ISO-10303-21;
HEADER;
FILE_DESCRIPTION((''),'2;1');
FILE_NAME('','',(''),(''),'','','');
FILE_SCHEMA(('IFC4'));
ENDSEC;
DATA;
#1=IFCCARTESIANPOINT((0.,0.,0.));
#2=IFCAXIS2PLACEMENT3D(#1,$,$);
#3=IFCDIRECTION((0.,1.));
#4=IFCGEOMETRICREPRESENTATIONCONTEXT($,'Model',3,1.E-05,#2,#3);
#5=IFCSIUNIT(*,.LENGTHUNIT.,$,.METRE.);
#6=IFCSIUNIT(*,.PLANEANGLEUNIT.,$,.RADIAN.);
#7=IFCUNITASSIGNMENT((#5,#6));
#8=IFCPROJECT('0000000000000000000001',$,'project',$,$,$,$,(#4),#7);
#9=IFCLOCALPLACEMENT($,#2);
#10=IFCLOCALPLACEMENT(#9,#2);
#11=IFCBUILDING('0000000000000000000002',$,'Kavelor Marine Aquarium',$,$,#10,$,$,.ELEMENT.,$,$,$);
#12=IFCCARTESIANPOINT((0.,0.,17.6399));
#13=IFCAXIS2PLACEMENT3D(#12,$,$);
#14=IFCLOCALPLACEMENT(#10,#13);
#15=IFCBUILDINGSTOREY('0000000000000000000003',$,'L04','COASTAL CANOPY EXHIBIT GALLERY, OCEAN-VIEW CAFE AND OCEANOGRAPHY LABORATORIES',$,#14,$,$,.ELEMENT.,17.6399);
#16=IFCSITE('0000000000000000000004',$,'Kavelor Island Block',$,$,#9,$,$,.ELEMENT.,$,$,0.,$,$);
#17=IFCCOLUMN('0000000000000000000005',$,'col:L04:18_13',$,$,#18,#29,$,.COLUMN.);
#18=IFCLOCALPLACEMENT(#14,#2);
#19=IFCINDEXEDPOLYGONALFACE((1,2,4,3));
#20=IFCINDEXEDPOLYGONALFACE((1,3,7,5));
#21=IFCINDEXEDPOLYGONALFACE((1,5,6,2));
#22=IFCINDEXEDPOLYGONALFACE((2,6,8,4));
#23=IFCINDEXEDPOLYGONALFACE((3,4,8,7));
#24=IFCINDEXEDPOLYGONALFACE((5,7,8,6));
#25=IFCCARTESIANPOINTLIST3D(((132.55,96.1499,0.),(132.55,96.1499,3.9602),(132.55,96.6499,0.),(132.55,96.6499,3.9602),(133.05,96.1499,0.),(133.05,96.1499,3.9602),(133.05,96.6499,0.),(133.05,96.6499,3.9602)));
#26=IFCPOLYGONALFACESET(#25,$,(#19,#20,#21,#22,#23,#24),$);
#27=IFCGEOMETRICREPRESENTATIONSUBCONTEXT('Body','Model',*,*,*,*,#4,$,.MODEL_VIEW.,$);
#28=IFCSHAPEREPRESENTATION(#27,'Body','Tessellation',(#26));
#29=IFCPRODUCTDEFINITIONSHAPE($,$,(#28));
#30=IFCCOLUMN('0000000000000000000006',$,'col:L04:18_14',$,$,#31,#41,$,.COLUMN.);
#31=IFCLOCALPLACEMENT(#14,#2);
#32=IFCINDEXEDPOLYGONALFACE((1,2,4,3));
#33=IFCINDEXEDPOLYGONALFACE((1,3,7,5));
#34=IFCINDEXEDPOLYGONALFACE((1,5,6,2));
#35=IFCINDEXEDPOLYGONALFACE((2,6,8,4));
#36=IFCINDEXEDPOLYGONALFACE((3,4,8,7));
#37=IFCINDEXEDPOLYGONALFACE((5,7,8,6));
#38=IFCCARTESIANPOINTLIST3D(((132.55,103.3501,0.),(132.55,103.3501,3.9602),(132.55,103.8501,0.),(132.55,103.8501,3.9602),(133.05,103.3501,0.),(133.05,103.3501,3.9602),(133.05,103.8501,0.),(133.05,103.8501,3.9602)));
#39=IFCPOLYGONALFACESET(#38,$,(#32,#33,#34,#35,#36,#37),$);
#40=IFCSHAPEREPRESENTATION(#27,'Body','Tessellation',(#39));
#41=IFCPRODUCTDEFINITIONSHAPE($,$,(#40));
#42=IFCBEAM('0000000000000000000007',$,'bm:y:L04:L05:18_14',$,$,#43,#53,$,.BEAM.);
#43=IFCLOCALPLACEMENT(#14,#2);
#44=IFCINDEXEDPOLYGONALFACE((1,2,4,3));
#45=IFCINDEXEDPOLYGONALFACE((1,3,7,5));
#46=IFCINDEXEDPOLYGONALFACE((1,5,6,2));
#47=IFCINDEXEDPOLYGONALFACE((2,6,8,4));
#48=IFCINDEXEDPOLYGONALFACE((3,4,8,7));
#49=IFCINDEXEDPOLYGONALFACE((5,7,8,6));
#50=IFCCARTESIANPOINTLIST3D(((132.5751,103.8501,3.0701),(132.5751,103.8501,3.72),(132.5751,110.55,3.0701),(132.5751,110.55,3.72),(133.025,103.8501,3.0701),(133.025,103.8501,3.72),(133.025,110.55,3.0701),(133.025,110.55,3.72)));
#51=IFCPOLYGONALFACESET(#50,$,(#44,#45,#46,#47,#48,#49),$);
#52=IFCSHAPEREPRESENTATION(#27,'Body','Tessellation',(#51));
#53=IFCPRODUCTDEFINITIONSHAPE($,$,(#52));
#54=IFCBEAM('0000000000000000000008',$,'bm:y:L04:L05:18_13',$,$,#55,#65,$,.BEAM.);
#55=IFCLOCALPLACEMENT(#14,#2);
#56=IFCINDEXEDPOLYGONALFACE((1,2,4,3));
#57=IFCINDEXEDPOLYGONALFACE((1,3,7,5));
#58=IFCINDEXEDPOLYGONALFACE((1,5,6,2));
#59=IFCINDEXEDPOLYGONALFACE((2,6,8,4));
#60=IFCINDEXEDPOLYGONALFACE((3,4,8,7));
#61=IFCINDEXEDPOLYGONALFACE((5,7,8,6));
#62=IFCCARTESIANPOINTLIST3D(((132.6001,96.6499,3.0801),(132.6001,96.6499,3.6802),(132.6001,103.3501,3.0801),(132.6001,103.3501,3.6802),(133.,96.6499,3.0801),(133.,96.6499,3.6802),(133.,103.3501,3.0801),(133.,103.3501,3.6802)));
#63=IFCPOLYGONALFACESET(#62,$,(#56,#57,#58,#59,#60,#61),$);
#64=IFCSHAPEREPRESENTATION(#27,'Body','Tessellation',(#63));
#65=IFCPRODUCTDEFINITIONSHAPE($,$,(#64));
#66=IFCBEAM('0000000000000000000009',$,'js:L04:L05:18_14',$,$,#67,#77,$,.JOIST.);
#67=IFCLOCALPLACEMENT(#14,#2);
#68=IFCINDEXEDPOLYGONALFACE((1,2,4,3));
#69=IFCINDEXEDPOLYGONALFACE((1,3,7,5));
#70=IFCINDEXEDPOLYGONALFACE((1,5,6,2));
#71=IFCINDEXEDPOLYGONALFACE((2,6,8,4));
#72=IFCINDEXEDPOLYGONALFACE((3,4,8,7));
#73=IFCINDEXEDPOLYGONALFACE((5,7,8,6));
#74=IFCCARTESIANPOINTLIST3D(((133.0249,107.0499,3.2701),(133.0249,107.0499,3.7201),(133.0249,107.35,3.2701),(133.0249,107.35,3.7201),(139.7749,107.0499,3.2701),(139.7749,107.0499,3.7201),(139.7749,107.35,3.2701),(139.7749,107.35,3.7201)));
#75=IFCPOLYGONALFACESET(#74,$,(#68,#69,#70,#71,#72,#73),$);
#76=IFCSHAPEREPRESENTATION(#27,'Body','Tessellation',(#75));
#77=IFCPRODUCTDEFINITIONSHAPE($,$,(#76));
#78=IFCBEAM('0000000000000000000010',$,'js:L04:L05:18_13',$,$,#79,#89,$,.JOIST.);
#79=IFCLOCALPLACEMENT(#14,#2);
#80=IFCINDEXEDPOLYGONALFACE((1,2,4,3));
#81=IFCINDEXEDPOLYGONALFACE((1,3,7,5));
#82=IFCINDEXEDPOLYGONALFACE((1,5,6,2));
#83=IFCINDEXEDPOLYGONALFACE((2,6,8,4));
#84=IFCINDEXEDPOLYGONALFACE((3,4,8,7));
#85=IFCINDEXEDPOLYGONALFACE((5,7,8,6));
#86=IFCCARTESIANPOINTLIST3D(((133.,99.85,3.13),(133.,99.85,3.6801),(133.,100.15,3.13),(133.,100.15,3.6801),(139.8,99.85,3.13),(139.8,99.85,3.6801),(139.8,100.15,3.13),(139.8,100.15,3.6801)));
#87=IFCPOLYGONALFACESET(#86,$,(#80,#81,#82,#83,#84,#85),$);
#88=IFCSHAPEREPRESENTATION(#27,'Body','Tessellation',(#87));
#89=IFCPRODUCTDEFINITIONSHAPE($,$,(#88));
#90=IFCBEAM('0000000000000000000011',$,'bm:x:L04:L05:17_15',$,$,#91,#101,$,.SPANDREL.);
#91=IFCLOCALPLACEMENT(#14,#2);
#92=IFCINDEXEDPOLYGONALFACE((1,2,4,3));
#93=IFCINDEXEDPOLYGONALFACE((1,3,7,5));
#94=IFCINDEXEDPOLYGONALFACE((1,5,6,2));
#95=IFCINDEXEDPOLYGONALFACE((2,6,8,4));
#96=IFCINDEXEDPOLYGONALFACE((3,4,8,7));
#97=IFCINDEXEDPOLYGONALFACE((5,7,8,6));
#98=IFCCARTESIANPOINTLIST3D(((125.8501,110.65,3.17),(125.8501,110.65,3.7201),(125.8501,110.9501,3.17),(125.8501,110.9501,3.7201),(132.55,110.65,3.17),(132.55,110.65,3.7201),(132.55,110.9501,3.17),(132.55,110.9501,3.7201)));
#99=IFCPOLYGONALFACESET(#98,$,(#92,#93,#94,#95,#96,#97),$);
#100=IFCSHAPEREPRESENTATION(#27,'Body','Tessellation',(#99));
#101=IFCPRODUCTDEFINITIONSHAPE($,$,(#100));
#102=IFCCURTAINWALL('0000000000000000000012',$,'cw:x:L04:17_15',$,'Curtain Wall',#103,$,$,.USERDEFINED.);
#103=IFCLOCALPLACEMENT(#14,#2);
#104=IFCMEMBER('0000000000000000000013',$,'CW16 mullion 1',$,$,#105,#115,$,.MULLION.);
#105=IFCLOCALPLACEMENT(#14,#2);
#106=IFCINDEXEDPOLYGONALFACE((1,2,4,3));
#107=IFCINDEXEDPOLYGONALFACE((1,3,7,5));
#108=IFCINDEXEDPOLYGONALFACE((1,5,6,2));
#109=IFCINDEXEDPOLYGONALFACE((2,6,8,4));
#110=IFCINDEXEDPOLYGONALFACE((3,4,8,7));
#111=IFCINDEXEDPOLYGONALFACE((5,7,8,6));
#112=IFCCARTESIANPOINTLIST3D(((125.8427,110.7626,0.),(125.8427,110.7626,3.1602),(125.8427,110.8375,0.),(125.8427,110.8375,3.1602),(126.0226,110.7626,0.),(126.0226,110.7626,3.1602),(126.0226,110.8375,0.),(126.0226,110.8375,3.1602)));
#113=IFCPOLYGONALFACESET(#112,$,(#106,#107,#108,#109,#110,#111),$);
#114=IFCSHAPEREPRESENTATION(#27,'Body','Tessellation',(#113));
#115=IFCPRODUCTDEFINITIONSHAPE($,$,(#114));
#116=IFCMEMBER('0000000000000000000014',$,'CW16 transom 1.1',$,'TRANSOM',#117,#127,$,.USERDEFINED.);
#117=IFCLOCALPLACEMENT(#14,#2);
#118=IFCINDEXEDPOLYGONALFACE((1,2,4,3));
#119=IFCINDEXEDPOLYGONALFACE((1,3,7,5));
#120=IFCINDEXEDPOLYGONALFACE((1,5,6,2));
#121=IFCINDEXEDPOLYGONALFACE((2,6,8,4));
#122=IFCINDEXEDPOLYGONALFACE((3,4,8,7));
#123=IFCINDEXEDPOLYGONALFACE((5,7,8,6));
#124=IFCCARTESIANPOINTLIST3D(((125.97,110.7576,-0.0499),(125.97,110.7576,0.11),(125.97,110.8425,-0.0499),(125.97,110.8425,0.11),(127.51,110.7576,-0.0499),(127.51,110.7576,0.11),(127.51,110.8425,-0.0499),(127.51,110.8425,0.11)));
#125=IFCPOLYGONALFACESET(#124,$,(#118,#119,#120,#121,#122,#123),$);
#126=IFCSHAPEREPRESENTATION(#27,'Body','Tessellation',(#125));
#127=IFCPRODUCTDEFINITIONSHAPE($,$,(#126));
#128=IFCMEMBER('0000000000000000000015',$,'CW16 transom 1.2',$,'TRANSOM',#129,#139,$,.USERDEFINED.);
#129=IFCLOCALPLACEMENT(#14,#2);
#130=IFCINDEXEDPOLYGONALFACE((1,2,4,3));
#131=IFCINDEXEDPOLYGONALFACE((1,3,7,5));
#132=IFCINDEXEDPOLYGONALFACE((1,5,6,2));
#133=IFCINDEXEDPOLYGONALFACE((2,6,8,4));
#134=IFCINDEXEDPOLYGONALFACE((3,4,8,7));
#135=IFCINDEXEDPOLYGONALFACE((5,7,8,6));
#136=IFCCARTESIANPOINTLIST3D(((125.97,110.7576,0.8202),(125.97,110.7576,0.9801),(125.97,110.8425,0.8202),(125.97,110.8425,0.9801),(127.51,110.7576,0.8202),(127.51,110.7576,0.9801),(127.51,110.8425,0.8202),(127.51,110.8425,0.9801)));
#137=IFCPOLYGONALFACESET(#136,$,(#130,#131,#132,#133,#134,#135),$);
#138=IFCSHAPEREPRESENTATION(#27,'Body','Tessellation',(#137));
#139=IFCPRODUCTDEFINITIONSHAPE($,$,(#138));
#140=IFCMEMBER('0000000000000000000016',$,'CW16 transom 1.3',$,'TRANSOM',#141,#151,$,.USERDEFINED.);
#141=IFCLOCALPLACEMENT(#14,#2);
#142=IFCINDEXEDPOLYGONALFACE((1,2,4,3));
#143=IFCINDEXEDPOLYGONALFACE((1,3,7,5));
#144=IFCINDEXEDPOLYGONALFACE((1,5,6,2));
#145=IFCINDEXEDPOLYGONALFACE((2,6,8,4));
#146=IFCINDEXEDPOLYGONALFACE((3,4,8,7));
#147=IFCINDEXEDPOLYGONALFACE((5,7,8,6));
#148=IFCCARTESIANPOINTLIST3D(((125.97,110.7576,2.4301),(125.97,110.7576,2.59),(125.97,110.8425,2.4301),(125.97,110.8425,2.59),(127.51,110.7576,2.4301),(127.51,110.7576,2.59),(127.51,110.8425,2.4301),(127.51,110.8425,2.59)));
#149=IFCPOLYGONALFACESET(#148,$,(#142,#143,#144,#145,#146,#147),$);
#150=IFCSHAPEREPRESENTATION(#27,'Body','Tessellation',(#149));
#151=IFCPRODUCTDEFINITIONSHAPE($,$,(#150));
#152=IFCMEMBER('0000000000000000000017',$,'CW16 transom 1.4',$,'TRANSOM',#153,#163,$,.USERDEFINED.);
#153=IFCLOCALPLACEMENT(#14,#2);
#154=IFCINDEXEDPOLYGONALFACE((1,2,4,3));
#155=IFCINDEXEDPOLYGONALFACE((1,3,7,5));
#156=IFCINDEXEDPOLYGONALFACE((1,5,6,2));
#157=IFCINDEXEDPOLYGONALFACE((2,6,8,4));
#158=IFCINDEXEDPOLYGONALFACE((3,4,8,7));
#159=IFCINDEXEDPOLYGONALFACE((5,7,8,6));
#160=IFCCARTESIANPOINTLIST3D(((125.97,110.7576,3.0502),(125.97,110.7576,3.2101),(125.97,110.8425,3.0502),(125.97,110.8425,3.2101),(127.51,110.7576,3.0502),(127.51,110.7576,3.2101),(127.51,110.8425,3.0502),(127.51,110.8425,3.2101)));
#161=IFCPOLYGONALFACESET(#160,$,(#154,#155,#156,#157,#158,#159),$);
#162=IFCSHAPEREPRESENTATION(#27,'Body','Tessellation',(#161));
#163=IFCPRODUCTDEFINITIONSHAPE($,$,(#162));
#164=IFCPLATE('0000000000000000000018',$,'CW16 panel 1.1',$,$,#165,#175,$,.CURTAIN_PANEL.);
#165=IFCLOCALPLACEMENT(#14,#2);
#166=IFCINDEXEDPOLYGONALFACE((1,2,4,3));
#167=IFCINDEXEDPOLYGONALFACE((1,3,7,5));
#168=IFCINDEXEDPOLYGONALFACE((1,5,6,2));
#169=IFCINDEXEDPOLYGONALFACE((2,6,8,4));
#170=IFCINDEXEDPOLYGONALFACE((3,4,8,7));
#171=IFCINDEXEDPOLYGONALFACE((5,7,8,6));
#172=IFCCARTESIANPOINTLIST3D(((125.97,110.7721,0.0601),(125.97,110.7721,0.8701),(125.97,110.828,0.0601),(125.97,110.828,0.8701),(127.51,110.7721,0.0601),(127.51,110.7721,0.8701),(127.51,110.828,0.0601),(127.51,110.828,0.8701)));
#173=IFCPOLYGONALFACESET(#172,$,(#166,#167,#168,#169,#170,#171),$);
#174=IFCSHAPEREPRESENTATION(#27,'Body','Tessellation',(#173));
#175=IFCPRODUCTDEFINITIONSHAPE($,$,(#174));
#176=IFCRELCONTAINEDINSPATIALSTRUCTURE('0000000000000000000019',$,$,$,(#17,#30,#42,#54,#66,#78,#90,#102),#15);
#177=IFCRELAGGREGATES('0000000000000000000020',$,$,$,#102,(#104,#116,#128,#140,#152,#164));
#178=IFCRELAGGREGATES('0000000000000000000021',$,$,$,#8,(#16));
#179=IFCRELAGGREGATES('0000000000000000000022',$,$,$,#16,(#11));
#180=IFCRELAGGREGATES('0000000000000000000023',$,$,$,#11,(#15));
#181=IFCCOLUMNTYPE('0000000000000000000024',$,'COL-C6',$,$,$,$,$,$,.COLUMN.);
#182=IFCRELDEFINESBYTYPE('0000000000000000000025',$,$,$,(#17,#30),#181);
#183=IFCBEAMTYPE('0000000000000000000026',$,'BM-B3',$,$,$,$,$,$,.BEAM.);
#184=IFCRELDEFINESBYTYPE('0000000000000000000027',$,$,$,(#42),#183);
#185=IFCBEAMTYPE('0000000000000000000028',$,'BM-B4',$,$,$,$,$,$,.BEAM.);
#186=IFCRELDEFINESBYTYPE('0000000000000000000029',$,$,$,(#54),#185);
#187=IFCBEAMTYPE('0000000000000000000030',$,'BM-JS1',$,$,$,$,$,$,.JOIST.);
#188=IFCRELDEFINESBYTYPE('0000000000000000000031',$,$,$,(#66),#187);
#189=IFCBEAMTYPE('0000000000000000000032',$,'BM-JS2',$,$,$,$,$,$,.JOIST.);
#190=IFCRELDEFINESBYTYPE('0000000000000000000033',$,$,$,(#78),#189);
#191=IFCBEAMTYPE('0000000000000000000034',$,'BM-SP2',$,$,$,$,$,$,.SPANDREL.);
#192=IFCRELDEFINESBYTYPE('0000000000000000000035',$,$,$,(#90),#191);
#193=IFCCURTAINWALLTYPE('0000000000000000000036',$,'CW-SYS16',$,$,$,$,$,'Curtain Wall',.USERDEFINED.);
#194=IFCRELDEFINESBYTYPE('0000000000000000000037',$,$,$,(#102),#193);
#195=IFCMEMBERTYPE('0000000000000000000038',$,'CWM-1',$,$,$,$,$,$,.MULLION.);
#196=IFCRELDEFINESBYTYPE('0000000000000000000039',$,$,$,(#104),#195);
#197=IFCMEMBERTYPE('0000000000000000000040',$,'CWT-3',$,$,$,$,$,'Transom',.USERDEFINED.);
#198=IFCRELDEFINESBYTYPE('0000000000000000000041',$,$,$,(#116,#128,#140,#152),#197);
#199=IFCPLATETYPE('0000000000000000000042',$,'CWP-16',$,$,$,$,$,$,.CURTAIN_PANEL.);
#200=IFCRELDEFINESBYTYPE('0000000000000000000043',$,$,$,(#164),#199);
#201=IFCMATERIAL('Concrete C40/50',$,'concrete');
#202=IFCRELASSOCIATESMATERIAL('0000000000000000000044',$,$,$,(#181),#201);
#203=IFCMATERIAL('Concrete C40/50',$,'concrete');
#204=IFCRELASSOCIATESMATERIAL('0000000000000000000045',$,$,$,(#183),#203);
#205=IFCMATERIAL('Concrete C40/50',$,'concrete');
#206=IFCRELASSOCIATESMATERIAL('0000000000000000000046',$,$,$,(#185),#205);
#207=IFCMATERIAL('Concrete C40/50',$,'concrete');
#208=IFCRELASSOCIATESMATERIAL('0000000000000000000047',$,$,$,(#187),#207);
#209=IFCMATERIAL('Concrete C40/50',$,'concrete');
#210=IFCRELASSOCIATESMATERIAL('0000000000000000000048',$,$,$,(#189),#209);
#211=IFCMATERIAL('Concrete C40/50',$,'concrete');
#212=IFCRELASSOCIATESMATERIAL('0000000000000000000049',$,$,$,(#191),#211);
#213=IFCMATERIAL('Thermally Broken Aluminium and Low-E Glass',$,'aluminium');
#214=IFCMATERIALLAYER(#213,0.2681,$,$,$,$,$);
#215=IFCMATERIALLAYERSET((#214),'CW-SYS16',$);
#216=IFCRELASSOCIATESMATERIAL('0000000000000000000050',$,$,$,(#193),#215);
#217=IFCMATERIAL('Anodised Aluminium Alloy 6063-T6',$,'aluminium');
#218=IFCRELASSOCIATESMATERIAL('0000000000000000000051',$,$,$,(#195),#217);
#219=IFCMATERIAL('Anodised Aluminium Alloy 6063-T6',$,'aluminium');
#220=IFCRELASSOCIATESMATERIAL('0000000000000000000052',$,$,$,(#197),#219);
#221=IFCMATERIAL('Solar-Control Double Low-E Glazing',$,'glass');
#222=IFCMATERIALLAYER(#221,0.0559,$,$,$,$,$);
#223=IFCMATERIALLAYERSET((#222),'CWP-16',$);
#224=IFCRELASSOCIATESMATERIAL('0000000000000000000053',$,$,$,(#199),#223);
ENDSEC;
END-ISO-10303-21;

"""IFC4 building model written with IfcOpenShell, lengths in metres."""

from ifc_helpers import new_model, si_unit, direction, frame, origin, origin_2d, place, context, subcontext, project, spatial, rectangle, extrude, material, layer, layer_set, material_profile, profile_set, type_object, element, aggregate, save


model = new_model("IFC4")

# Units and contexts
model_context = context("Model", 3, precision=1e-05, world=origin(), true_north=direction((0.0, 1.0)))
body_context = subcontext(model_context, "Body", "Model", "MODEL_VIEW")
ifc_project = project(units=[si_unit("LENGTHUNIT", "METRE"), si_unit("PLANEANGLEUNIT", "RADIAN")], contexts=[model_context])

# Site, building, storey
site_placement = place(None, origin())
site = spatial("IfcSite", under=ifc_project, at=site_placement, Name="Kavelor Island Block", CompositionType="ELEMENT", RefElevation=0.0)
building_placement = place(site_placement, origin())
building = spatial("IfcBuilding", under=site, at=building_placement, Name="Kavelor Marine Aquarium", CompositionType="ELEMENT")
storey_placement = place(building_placement, frame((0.0, 0.0, 17.6399)))
storey = spatial("IfcBuildingStorey", under=building, at=storey_placement, Name="L04", Description="COASTAL CANOPY EXHIBIT GALLERY, OCEAN-VIEW CAFE AND OCEANOGRAPHY LABORATORIES", CompositionType="ELEMENT", Elevation=17.6399)

# Columns
ifc_material_1 = material(Name="Concrete C40/50", Category="concrete")
ifc_material_profile_1 = material_profile(ifc_material_1, rectangle(XDim=0.5, YDim=0.5, at=origin_2d()), Name="RC-COL 500x500")
ifc_profile_set_1 = profile_set([ifc_material_profile_1], Name="Concrete C40/50")
column_type = type_object("IfcColumnType", Name="COL-C6", PredefinedType="COLUMN", material=ifc_profile_set_1)
for number, where, z_axis, x_axis, name in (
    (1, (132.8, 96.3999, 0.0), (0.0, 0.0, 1.0), (1.0, 0.0, 0.0), "col:L04:18_13"),
    (2, (132.8, 103.6001, 0.0), (0.0, 0.0, 1.0), (1.0, 0.0, 0.0), "col:L04:18_14"),
):
    element("IfcColumn", number, at=place(storey_placement, frame(where, z_axis=z_axis, x_axis=x_axis)), inside=storey, type_object=column_type, Name=name, PredefinedType="COLUMN", context=body_context, shape_type="SweptSolid", body=[
        extrude(rectangle(XDim=0.5, YDim=0.5, at=origin_2d()), origin(), (0.0, 0.0, 1.0), 3.9602),
    ])

# Beams
ifc_material_2 = material(Name="Concrete C40/50", Category="concrete")
ifc_material_profile_2 = material_profile(ifc_material_2, rectangle(XDim=0.45, YDim=0.6499, at=origin_2d()), Name="RC-BM 450x650")
ifc_profile_set_2 = profile_set([ifc_material_profile_2], Name="Concrete C40/50")
beam_type_1 = type_object("IfcBeamType", Name="BM-B3", PredefinedType="BEAM", material=ifc_profile_set_2)
beam_1_placement = place(storey_placement, frame((132.8, 103.8501, 3.395), z_axis=(0.0, 1.0, 0.0), x_axis=(-1.0, 0.0, 0.0)))
element("IfcBeam", 3, at=beam_1_placement, inside=storey, type_object=beam_type_1, Name="bm:y:L04:L05:18_14", PredefinedType="BEAM", context=body_context, shape_type="SweptSolid", body=[
    extrude(rectangle(XDim=0.45, YDim=0.6499, at=origin_2d()), origin(), (0.0, 0.0, 1.0), 6.7),
])
ifc_material_3 = material(Name="Concrete C40/50", Category="concrete")
ifc_material_profile_3 = material_profile(ifc_material_3, rectangle(XDim=0.3999, YDim=0.6001, at=origin_2d()), Name="RC-BM 400x600")
ifc_profile_set_3 = profile_set([ifc_material_profile_3], Name="Concrete C40/50")
beam_type_2 = type_object("IfcBeamType", Name="BM-B4", PredefinedType="BEAM", material=ifc_profile_set_3)
beam_2_placement = place(storey_placement, frame((132.8, 96.6499, 3.3801), z_axis=(0.0, 1.0, 0.0), x_axis=(-1.0, 0.0, 0.0)))
element("IfcBeam", 4, at=beam_2_placement, inside=storey, type_object=beam_type_2, Name="bm:y:L04:L05:18_13", PredefinedType="BEAM", context=body_context, shape_type="SweptSolid", body=[
    extrude(rectangle(XDim=0.3999, YDim=0.6001, at=origin_2d()), origin(), (0.0, 0.0, 1.0), 6.7002),
])
ifc_material_4 = material(Name="Concrete C40/50", Category="concrete")
ifc_material_profile_4 = material_profile(ifc_material_4, rectangle(XDim=0.3, YDim=0.45, at=origin_2d()), Name="RC-JS 300x450")
ifc_profile_set_4 = profile_set([ifc_material_profile_4], Name="Concrete C40/50")
beam_type_3 = type_object("IfcBeamType", Name="BM-JS1", PredefinedType="JOIST", material=ifc_profile_set_4)
beam_3_placement = place(storey_placement, frame((133.0249, 107.2, 3.4951), z_axis=(1.0, 0.0, 0.0), x_axis=(0.0, 1.0, 0.0)))
element("IfcBeam", 5, at=beam_3_placement, inside=storey, type_object=beam_type_3, Name="js:L04:L05:18_14", PredefinedType="JOIST", context=body_context, shape_type="SweptSolid", body=[
    extrude(rectangle(XDim=0.3, YDim=0.45, at=origin_2d()), origin(), (0.0, 0.0, 1.0), 6.75),
])
ifc_material_5 = material(Name="Concrete C40/50", Category="concrete")
ifc_material_profile_5 = material_profile(ifc_material_5, rectangle(XDim=0.3, YDim=0.55, at=origin_2d()), Name="RC-JS 300x550")
ifc_profile_set_5 = profile_set([ifc_material_profile_5], Name="Concrete C40/50")
beam_type_4 = type_object("IfcBeamType", Name="BM-JS2", PredefinedType="JOIST", material=ifc_profile_set_5)
beam_4_placement = place(storey_placement, frame((133.0, 100.0, 3.405), z_axis=(1.0, 0.0, 0.0), x_axis=(0.0, 1.0, 0.0)))
element("IfcBeam", 6, at=beam_4_placement, inside=storey, type_object=beam_type_4, Name="js:L04:L05:18_13", PredefinedType="JOIST", context=body_context, shape_type="SweptSolid", body=[
    extrude(rectangle(XDim=0.3, YDim=0.55, at=origin_2d()), origin(), (0.0, 0.0, 1.0), 6.8),
])
ifc_material_6 = material(Name="Concrete C40/50", Category="concrete")
ifc_material_profile_6 = material_profile(ifc_material_6, rectangle(XDim=0.3, YDim=0.55, at=origin_2d()), Name="RC-SP 300x550")
ifc_profile_set_6 = profile_set([ifc_material_profile_6], Name="Concrete C40/50")
beam_type_5 = type_object("IfcBeamType", Name="BM-SP2", PredefinedType="SPANDREL", material=ifc_profile_set_6)
beam_5_placement = place(storey_placement, frame((125.8501, 110.8, 3.4451), z_axis=(1.0, 0.0, 0.0), x_axis=(0.0, 1.0, 0.0)))
element("IfcBeam", 7, at=beam_5_placement, inside=storey, type_object=beam_type_5, Name="bm:x:L04:L05:17_15", PredefinedType="SPANDREL", context=body_context, shape_type="SweptSolid", body=[
    extrude(rectangle(XDim=0.3, YDim=0.55, at=origin_2d()), origin(), (0.0, 0.0, 1.0), 6.7),
])

# Curtain wall, members, plate
ifc_material_7 = material(Name="Thermally Broken Aluminium and Low-E Glass", Category="aluminium")
ifc_layer_1 = layer(ifc_material_7, 0.2681)
ifc_layer_set_1 = layer_set([ifc_layer_1], Name="CW-SYS16")
curtain_wall_type = type_object("IfcCurtainWallType", Name="CW-SYS16", ElementType="Curtain Wall", PredefinedType="USERDEFINED", material=ifc_layer_set_1)
curtain_wall_placement = place(storey_placement, origin())
curtain_wall = element("IfcCurtainWall", 8, at=curtain_wall_placement, inside=storey, type_object=curtain_wall_type, Name="cw:x:L04:17_15", ObjectType="Curtain Wall", PredefinedType="USERDEFINED")
ifc_material_8 = material(Name="Anodised Aluminium Alloy 6063-T6", Category="aluminium")
ifc_material_profile_7 = material_profile(ifc_material_8, rectangle(XDim=0.075, YDim=0.1799, at=origin_2d()), Name="CW-MUL 75x180")
ifc_profile_set_7 = profile_set([ifc_material_profile_7], Name="Anodised Aluminium Alloy 6063-T6")
member_type_1 = type_object("IfcMemberType", Name="CWM-1", PredefinedType="MULLION", material=ifc_profile_set_7)
member_1_placement = place(storey_placement, frame((125.9326, 110.8, 0.0), z_axis=(0.0, 0.0, 1.0), x_axis=(0.0, 1.0, 0.0)))
member_1 = element("IfcMember", 9, at=member_1_placement, type_object=member_type_1, Name="CW16 mullion 1", PredefinedType="MULLION", context=body_context, shape_type="SweptSolid", body=[
    extrude(rectangle(XDim=0.075, YDim=0.1799, at=origin_2d()), origin(), (0.0, 0.0, 1.0), 3.1602),
])
ifc_material_9 = material(Name="Anodised Aluminium Alloy 6063-T6", Category="aluminium")
ifc_material_profile_8 = material_profile(ifc_material_9, rectangle(XDim=0.085, YDim=0.1599, at=origin_2d()), Name="CW-TRN 85x160")
ifc_profile_set_8 = profile_set([ifc_material_profile_8], Name="Anodised Aluminium Alloy 6063-T6")
member_type_2 = type_object("IfcMemberType", Name="CWT-3", ElementType="Transom", PredefinedType="USERDEFINED", material=ifc_profile_set_8)
member_2_placement = place(storey_placement, frame((125.97, 110.8, 0.03), z_axis=(1.0, 0.0, 0.0), x_axis=(0.0, 1.0, 0.0)))
member_2 = element("IfcMember", 10, at=member_2_placement, type_object=member_type_2, Name="CW16 transom 1.1", ObjectType="TRANSOM", PredefinedType="USERDEFINED", context=body_context, shape_type="SweptSolid", body=[
    extrude(rectangle(XDim=0.085, YDim=0.1599, at=origin_2d()), origin(), (0.0, 0.0, 1.0), 1.54),
])
member_3_placement = place(storey_placement, frame((125.97, 110.8, 0.9001), z_axis=(1.0, 0.0, 0.0), x_axis=(0.0, 1.0, 0.0)))
member_3 = element("IfcMember", 11, at=member_3_placement, type_object=member_type_2, Name="CW16 transom 1.2", ObjectType="TRANSOM", PredefinedType="USERDEFINED", context=body_context, shape_type="SweptSolid", body=[
    extrude(rectangle(XDim=0.085, YDim=0.1599, at=origin_2d()), origin(), (0.0, 0.0, 1.0), 1.54),
])
member_4_placement = place(storey_placement, frame((125.97, 110.8, 2.51), z_axis=(1.0, 0.0, 0.0), x_axis=(0.0, 1.0, 0.0)))
member_4 = element("IfcMember", 12, at=member_4_placement, type_object=member_type_2, Name="CW16 transom 1.3", ObjectType="TRANSOM", PredefinedType="USERDEFINED", context=body_context, shape_type="SweptSolid", body=[
    extrude(rectangle(XDim=0.085, YDim=0.1599, at=origin_2d()), origin(), (0.0, 0.0, 1.0), 1.54),
])
member_5_placement = place(storey_placement, frame((125.97, 110.8, 3.1301), z_axis=(1.0, 0.0, 0.0), x_axis=(0.0, 1.0, 0.0)))
member_5 = element("IfcMember", 13, at=member_5_placement, type_object=member_type_2, Name="CW16 transom 1.4", ObjectType="TRANSOM", PredefinedType="USERDEFINED", context=body_context, shape_type="SweptSolid", body=[
    extrude(rectangle(XDim=0.085, YDim=0.1599, at=origin_2d()), origin(), (0.0, 0.0, 1.0), 1.54),
])
ifc_material_10 = material(Name="Solar-Control Double Low-E Glazing", Category="glass")
ifc_layer_2 = layer(ifc_material_10, 0.0559)
ifc_layer_set_2 = layer_set([ifc_layer_2], Name="CWP-16")
plate_type = type_object("IfcPlateType", Name="CWP-16", PredefinedType="CURTAIN_PANEL", material=ifc_layer_set_2)
plate_placement = place(storey_placement, frame((126.74, 110.8, 0.0601), z_axis=(0.0, 0.0, 1.0), x_axis=(1.0, 0.0, 0.0)))
plate = element("IfcPlate", 14, at=plate_placement, type_object=plate_type, Name="CW16 panel 1.1", PredefinedType="CURTAIN_PANEL", context=body_context, shape_type="SweptSolid", body=[
    extrude(rectangle(XDim=1.54, YDim=0.0559, at=origin_2d()), origin(), (0.0, 0.0, 1.0), 0.8101),
])
aggregate(curtain_wall, [member_1, member_2, member_3, member_4, member_5, plate])

save(model, "model.ifc")
